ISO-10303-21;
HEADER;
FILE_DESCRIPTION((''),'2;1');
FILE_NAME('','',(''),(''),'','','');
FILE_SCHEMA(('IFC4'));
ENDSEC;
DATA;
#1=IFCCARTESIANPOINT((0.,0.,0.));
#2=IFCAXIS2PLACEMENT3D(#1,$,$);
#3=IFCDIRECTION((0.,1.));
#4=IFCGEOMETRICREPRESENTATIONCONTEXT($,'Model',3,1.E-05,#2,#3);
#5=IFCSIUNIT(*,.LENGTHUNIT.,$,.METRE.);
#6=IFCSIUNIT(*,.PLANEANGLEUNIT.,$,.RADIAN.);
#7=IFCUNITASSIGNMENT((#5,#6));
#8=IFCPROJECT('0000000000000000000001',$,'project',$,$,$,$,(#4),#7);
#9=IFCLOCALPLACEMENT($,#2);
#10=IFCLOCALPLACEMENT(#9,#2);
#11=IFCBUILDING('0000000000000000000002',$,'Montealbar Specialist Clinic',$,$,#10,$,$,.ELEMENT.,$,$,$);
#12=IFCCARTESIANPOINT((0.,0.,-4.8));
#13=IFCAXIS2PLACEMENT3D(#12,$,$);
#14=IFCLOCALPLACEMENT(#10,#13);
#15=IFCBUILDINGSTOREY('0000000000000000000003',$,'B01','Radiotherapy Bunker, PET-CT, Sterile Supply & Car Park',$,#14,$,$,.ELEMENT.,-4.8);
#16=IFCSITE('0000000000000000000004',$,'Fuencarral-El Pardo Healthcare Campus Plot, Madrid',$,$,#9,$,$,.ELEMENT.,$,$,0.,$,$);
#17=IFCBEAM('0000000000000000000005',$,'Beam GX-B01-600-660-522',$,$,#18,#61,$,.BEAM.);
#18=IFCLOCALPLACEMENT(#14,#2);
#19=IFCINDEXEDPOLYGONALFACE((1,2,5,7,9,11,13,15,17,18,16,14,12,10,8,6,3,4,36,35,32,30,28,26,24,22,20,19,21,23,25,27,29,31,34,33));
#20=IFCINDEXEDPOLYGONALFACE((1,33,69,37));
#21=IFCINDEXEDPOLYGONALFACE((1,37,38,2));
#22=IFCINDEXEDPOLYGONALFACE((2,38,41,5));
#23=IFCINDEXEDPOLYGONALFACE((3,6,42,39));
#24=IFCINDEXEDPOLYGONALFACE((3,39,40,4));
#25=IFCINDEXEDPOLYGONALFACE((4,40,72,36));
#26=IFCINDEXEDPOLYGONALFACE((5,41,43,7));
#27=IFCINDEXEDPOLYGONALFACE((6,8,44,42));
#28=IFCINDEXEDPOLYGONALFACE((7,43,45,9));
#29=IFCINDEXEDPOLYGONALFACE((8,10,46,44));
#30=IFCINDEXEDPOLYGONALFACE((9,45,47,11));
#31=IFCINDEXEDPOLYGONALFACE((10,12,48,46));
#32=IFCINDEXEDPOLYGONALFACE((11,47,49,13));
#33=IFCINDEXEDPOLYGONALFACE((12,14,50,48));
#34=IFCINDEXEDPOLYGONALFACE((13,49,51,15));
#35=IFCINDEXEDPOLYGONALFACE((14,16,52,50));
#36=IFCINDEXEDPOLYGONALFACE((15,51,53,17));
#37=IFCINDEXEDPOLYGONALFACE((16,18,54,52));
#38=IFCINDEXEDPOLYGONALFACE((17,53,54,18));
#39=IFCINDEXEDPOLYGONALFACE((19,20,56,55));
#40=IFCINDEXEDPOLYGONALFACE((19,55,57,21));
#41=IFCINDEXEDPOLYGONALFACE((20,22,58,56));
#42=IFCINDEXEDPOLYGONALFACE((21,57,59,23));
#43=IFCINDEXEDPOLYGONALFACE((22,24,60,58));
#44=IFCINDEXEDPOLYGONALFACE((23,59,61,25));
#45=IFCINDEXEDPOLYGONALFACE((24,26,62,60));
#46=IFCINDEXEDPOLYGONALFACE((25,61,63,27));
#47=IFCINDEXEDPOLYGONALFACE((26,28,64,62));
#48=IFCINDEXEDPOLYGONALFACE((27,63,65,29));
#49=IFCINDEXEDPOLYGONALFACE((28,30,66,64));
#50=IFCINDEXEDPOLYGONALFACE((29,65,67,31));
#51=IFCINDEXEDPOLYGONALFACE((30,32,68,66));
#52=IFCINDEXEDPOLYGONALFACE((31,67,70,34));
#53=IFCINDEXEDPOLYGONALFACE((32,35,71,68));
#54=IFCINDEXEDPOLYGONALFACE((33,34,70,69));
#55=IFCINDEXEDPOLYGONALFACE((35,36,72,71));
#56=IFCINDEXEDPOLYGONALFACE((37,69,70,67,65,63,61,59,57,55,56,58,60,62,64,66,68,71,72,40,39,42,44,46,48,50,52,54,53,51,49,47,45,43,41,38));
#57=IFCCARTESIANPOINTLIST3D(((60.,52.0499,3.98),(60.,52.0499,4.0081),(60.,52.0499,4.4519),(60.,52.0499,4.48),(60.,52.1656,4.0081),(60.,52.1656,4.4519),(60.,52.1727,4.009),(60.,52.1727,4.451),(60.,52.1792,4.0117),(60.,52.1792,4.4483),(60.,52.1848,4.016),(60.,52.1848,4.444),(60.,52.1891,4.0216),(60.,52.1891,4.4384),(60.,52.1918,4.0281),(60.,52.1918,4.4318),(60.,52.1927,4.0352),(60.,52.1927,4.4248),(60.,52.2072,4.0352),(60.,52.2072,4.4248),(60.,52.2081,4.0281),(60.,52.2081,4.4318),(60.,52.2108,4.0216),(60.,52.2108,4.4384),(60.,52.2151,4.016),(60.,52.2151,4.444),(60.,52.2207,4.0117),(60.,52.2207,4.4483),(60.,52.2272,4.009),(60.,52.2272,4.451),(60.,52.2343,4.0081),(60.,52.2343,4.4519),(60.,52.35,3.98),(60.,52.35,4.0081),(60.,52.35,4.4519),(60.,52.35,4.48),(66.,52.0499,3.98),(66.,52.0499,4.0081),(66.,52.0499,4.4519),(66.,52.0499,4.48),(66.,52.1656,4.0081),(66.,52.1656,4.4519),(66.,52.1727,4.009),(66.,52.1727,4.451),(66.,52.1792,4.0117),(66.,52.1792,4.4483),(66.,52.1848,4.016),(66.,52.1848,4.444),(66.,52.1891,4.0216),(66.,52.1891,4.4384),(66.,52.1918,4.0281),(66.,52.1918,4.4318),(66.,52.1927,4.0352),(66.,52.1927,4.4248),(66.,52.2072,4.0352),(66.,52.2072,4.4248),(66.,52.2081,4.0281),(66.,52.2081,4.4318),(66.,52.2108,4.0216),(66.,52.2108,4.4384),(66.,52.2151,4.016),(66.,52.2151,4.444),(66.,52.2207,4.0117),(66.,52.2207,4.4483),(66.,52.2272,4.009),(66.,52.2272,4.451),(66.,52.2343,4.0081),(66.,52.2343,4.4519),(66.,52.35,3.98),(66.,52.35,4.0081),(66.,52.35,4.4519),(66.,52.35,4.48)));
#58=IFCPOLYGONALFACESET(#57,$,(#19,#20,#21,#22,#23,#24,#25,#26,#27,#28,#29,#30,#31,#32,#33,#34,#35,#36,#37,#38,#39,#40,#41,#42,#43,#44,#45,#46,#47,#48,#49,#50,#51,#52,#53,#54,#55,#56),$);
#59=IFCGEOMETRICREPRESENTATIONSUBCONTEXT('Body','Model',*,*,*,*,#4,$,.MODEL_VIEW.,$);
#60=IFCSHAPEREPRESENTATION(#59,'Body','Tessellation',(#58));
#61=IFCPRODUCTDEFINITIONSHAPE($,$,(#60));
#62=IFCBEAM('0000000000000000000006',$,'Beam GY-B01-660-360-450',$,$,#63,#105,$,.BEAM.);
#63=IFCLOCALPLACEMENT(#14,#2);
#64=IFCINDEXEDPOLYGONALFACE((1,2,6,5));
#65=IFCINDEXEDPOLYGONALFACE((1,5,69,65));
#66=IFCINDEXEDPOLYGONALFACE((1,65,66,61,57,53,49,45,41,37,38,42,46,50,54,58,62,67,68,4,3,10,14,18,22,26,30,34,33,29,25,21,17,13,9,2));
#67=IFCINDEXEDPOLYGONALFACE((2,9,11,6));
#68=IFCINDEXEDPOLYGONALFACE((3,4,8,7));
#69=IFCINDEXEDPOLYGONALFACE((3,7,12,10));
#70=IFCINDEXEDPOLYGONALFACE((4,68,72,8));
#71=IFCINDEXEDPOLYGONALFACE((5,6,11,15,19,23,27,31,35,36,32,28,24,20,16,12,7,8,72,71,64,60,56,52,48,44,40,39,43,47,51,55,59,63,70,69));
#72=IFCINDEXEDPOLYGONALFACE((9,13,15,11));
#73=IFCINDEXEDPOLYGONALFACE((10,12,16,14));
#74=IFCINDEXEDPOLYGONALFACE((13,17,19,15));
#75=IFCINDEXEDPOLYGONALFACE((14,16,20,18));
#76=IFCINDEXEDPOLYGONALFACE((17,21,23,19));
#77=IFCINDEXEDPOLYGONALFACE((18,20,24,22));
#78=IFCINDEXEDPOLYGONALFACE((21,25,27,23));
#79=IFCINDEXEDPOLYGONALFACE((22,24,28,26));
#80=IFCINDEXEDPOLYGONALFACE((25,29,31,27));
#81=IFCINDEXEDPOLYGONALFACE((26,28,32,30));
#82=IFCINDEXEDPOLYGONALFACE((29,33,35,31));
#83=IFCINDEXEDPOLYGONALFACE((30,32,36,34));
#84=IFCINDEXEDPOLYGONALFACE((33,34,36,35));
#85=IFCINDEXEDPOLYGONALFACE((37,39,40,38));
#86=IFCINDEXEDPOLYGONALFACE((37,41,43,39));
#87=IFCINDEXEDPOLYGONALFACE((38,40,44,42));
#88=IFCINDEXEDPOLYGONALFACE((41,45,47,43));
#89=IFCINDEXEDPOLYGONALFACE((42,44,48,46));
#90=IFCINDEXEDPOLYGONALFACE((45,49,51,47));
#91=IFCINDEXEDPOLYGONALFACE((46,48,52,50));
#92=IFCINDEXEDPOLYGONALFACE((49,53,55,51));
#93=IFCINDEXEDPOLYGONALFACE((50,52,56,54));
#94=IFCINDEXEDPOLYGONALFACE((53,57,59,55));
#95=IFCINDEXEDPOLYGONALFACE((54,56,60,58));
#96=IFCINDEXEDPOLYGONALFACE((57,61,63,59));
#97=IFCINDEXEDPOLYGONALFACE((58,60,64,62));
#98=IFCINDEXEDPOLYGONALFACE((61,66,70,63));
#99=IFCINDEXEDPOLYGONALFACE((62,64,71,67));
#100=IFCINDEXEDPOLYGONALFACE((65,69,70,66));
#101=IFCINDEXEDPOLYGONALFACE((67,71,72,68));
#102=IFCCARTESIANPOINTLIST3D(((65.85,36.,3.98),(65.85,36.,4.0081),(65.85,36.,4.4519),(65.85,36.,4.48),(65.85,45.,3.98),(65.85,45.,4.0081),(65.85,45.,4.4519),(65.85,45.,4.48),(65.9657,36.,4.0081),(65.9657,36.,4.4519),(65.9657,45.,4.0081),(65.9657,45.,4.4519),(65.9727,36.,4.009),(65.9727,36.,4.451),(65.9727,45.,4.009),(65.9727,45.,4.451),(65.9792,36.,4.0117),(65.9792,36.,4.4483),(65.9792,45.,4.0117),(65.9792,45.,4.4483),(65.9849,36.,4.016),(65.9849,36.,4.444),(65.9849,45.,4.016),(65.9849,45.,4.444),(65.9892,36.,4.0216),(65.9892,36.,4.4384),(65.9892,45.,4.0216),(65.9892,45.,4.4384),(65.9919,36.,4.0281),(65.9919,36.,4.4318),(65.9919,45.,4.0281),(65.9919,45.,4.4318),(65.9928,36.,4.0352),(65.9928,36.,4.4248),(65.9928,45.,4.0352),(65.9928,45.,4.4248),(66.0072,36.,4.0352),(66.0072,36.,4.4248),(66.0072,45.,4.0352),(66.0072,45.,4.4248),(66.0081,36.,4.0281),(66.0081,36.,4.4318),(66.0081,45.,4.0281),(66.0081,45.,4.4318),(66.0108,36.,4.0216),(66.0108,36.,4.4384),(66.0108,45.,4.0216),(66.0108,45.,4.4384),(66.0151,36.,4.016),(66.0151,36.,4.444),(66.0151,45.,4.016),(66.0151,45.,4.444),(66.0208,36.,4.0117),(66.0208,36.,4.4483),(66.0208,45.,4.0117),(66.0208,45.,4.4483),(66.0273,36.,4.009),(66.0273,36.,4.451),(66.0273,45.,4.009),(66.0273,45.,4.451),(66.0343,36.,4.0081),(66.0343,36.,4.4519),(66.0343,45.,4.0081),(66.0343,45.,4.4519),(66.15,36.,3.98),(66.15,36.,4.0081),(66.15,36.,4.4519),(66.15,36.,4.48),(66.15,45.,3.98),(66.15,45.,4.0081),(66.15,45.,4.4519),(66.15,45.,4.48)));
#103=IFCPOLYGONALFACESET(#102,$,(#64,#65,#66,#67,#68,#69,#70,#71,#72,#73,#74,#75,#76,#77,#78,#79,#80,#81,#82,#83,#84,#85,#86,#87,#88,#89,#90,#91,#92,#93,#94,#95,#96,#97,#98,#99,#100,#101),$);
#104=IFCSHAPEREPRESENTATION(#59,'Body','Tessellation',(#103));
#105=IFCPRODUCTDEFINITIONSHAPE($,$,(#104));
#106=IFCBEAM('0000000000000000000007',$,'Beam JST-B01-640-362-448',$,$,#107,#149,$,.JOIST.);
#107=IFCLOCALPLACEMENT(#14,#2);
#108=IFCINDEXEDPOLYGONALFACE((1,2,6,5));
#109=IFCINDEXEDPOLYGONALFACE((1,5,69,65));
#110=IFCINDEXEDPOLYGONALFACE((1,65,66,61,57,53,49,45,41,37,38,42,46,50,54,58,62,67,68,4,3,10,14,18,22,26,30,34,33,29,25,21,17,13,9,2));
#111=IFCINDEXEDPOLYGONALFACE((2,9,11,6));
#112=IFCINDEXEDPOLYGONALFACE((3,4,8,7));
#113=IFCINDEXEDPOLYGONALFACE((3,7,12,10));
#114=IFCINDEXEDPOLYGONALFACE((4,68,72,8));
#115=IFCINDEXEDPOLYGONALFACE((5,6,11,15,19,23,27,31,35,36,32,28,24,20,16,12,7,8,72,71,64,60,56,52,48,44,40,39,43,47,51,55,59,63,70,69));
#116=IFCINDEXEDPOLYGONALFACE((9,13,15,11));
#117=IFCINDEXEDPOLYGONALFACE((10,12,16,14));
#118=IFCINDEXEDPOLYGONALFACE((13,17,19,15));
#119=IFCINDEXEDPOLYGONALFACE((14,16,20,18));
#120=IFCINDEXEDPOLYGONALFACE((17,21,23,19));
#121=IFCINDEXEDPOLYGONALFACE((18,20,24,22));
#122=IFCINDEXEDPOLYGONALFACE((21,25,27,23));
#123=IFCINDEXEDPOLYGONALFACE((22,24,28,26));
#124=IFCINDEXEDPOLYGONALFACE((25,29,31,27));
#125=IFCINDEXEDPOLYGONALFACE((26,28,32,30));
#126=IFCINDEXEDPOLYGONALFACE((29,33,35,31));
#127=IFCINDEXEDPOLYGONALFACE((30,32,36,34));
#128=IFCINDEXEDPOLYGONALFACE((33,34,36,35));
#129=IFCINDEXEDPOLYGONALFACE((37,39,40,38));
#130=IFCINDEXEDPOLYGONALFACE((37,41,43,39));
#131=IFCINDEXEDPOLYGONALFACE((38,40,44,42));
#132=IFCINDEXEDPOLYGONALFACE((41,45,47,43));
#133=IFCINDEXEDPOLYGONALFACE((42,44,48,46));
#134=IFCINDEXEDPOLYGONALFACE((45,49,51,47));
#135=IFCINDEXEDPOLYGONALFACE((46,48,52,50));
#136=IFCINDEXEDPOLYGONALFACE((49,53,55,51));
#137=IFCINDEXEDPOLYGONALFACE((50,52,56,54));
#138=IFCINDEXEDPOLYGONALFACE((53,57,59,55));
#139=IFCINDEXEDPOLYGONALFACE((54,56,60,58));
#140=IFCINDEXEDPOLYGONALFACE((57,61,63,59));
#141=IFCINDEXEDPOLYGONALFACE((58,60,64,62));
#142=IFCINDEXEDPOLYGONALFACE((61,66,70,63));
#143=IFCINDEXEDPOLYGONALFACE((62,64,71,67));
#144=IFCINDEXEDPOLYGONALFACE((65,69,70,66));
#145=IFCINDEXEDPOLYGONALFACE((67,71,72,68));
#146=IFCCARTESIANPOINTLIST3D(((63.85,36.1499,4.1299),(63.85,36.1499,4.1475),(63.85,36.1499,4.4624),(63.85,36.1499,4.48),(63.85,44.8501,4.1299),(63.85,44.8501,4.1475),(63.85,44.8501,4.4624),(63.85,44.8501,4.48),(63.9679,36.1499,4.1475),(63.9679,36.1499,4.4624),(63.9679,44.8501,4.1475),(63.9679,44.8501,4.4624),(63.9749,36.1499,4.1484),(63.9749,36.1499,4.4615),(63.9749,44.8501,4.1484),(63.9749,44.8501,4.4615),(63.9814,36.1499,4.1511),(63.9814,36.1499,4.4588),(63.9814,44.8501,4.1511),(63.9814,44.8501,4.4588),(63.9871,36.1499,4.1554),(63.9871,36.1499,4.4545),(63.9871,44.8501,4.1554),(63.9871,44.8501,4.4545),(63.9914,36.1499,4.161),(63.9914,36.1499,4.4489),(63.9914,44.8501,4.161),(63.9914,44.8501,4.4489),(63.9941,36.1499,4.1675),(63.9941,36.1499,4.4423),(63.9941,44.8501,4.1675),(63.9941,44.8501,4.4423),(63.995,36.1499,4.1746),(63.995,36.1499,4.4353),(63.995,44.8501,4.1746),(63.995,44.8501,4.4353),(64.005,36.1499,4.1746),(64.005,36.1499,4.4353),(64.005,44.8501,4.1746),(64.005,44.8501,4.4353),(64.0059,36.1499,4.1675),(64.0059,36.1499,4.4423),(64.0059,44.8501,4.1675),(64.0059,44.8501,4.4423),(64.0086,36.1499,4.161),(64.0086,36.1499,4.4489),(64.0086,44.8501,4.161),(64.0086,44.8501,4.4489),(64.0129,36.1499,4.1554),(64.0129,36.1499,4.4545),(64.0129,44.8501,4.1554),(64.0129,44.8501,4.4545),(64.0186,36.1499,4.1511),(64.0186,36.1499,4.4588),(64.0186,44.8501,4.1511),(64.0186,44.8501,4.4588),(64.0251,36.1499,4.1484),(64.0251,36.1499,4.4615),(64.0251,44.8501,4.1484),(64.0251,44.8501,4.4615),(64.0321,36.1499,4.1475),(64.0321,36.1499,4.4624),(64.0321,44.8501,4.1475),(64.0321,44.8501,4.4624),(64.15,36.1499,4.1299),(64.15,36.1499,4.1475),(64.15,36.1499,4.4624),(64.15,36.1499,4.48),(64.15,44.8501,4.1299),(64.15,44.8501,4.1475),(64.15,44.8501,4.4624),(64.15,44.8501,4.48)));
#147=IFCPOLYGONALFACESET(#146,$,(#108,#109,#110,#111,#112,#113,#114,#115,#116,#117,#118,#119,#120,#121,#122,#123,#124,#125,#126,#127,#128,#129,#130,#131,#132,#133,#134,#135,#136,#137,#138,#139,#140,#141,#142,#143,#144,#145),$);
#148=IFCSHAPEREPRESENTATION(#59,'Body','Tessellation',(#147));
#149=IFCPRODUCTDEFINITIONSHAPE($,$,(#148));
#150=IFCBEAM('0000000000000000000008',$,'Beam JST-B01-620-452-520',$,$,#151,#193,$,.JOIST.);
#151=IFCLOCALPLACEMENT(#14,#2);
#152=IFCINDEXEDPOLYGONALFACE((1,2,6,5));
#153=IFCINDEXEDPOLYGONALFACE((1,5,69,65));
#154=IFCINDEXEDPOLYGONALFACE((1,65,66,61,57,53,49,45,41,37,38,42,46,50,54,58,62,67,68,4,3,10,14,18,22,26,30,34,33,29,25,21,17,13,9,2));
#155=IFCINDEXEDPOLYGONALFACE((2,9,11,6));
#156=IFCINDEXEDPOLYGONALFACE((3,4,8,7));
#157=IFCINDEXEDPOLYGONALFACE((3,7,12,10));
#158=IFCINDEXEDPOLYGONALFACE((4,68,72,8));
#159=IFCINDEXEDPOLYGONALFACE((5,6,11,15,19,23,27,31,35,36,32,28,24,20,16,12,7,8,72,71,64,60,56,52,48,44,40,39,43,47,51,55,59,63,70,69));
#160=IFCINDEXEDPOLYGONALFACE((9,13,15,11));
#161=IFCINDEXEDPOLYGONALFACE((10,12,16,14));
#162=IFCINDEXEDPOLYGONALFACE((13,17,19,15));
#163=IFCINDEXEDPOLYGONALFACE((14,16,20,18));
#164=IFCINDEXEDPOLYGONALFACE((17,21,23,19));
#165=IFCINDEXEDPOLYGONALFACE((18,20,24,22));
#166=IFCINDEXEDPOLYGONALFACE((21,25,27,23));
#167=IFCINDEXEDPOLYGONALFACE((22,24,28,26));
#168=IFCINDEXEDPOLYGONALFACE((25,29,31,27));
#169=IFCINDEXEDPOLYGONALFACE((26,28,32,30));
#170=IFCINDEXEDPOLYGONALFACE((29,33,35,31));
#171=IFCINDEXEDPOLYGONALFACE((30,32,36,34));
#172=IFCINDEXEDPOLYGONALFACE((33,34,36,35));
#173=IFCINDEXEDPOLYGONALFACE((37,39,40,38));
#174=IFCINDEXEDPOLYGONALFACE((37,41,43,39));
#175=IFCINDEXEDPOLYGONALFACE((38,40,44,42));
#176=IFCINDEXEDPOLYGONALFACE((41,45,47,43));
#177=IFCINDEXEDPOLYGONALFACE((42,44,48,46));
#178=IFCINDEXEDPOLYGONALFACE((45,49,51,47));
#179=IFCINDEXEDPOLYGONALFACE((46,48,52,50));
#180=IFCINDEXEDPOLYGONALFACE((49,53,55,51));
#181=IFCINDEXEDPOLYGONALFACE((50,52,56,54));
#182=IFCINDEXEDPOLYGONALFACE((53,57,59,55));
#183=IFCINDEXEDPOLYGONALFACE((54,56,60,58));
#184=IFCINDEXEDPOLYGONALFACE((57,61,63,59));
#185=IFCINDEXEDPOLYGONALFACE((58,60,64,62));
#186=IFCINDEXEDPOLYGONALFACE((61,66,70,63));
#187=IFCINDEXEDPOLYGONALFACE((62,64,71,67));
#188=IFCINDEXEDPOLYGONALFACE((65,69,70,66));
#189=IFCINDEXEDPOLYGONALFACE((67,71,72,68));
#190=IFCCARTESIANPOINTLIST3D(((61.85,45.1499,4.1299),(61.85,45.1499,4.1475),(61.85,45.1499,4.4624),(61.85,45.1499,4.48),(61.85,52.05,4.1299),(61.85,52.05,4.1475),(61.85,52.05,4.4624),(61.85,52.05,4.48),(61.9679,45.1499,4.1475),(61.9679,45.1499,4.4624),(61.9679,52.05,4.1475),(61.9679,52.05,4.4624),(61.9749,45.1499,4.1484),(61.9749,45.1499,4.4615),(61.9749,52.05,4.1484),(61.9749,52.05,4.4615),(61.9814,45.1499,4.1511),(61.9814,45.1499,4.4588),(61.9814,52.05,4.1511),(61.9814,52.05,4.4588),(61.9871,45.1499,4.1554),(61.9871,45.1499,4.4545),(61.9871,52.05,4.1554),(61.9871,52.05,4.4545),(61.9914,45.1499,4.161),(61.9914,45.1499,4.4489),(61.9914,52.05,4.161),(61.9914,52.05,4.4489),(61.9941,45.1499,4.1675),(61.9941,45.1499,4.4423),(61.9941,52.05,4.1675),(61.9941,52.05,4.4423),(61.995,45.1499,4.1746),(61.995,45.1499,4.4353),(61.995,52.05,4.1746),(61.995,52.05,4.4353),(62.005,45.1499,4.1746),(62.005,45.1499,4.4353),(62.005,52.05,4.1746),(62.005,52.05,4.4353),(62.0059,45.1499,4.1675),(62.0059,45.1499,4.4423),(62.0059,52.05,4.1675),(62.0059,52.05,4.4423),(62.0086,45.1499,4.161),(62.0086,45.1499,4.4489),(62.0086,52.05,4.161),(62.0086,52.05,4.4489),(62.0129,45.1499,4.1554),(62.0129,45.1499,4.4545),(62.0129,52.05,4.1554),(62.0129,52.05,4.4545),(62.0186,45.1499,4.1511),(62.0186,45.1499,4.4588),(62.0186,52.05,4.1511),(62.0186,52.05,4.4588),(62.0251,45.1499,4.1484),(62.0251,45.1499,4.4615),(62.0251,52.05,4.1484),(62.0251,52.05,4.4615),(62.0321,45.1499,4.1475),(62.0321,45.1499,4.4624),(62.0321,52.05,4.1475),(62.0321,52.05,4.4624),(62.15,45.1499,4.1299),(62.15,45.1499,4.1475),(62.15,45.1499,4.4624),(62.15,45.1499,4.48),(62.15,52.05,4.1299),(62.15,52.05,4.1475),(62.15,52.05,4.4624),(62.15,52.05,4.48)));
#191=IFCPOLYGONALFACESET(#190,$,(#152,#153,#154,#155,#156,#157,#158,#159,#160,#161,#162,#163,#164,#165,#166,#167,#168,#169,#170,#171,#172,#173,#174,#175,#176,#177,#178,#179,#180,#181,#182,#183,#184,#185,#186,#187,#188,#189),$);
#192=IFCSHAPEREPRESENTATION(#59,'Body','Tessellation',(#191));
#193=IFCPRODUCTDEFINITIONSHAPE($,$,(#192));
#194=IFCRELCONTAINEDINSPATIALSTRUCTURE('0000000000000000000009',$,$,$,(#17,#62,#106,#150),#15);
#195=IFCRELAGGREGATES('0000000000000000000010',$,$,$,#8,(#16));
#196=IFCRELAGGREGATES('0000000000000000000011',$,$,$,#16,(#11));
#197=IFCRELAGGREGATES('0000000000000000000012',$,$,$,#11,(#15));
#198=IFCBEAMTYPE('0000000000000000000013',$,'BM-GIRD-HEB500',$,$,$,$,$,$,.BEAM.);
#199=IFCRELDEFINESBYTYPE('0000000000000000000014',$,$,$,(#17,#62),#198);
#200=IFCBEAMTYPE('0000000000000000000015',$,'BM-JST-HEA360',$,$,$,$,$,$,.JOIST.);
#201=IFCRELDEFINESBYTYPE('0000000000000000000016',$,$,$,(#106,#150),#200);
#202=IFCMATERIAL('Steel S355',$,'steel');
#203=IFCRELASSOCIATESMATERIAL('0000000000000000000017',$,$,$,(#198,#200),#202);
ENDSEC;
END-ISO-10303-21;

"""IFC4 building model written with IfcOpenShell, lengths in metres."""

from ifc_helpers import new_model, si_unit, direction, frame, origin, origin_2d, place, context, subcontext, project, spatial, i_section, extrude, material, material_profile, profile_set, type_object, element, save


model = new_model("IFC4")

# Units and contexts
model_context = context("Model", 3, precision=1e-05, world=origin(), true_north=direction((0.0, 1.0)))
body_context = subcontext(model_context, "Body", "Model", "MODEL_VIEW")
ifc_project = project(units=[si_unit("LENGTHUNIT", "METRE"), si_unit("PLANEANGLEUNIT", "RADIAN")], contexts=[model_context])

# Site, building, storey
site_placement = place(None, origin())
site = spatial("IfcSite", under=ifc_project, at=site_placement, Name="Fuencarral-El Pardo Healthcare Campus Plot, Madrid", CompositionType="ELEMENT", RefElevation=0.0)
building_placement = place(site_placement, origin())
building = spatial("IfcBuilding", under=site, at=building_placement, Name="Montealbar Specialist Clinic", CompositionType="ELEMENT")
storey_placement = place(building_placement, frame((0.0, 0.0, -4.8)))
storey = spatial("IfcBuildingStorey", under=building, at=storey_placement, Name="B01", Description="Radiotherapy Bunker, PET-CT, Sterile Supply & Car Park", CompositionType="ELEMENT", Elevation=-4.8)

# Shared definitions
ifc_material_1 = material(Name="Steel S355", Category="steel")

# Beams
ifc_material_profile_1 = material_profile(ifc_material_1, i_section(OverallWidth=0.3, OverallDepth=0.5, WebThickness=0.0144, FlangeThickness=0.0281, FilletRadius=0.0271, at=origin_2d()), Name="HEB 500", Category="steel")
ifc_profile_set_1 = profile_set([ifc_material_profile_1], Name="Steel S355")
beam_type_1 = type_object("IfcBeamType", Name="BM-GIRD-HEB500", PredefinedType="BEAM", material=ifc_profile_set_1)
beam_1_placement = place(storey_placement, frame((60.0, 52.2, 4.23), z_axis=(1.0, 0.0, 0.0), x_axis=(0.0, 1.0, 0.0)))
element("IfcBeam", 1, at=beam_1_placement, inside=storey, type_object=beam_type_1, Name="Beam GX-B01-600-660-522", PredefinedType="BEAM", context=body_context, shape_type="SweptSolid", body=[
    extrude(i_section(OverallWidth=0.3, OverallDepth=0.5, WebThickness=0.0144, FlangeThickness=0.0281, FilletRadius=0.0271, at=origin_2d()), origin(), (0.0, 0.0, 1.0), 6.0),
])
beam_2_placement = place(storey_placement, frame((66.0, 36.0, 4.23), z_axis=(0.0, 1.0, 0.0), x_axis=(-1.0, 0.0, 0.0)))
element("IfcBeam", 2, at=beam_2_placement, inside=storey, type_object=beam_type_1, Name="Beam GY-B01-660-360-450", PredefinedType="BEAM", context=body_context, shape_type="SweptSolid", body=[
    extrude(i_section(OverallWidth=0.3, OverallDepth=0.5, WebThickness=0.0144, FlangeThickness=0.0281, FilletRadius=0.0271, at=origin_2d()), origin(), (0.0, 0.0, 1.0), 9.0),
])
ifc_material_profile_2 = material_profile(ifc_material_1, i_section(OverallWidth=0.3, OverallDepth=0.3501, WebThickness=0.01, FlangeThickness=0.0176, FilletRadius=0.0271, at=origin_2d()), Name="HEA 360", Category="steel")
ifc_profile_set_2 = profile_set([ifc_material_profile_2], Name="Steel S355")
beam_type_2 = type_object("IfcBeamType", Name="BM-JST-HEA360", PredefinedType="JOIST", material=ifc_profile_set_2)
beam_3_placement = place(storey_placement, frame((64.0, 36.1499, 4.3049), z_axis=(0.0, 1.0, 0.0), x_axis=(-1.0, 0.0, 0.0)))
element("IfcBeam", 3, at=beam_3_placement, inside=storey, type_object=beam_type_2, Name="Beam JST-B01-640-362-448", PredefinedType="JOIST", context=body_context, shape_type="SweptSolid", body=[
    extrude(i_section(OverallWidth=0.3, OverallDepth=0.3501, WebThickness=0.01, FlangeThickness=0.0176, FilletRadius=0.0271, at=origin_2d()), origin(), (0.0, 0.0, 1.0), 8.7002),
])
beam_4_placement = place(storey_placement, frame((62.0, 45.1499, 4.3049), z_axis=(0.0, 1.0, 0.0), x_axis=(-1.0, 0.0, 0.0)))
element("IfcBeam", 4, at=beam_4_placement, inside=storey, type_object=beam_type_2, Name="Beam JST-B01-620-452-520", PredefinedType="JOIST", context=body_context, shape_type="SweptSolid", body=[
    extrude(i_section(OverallWidth=0.3, OverallDepth=0.3501, WebThickness=0.01, FlangeThickness=0.0176, FilletRadius=0.0271, at=origin_2d()), origin(), (0.0, 0.0, 1.0), 6.9001),
])

save(model, "model.ifc")
